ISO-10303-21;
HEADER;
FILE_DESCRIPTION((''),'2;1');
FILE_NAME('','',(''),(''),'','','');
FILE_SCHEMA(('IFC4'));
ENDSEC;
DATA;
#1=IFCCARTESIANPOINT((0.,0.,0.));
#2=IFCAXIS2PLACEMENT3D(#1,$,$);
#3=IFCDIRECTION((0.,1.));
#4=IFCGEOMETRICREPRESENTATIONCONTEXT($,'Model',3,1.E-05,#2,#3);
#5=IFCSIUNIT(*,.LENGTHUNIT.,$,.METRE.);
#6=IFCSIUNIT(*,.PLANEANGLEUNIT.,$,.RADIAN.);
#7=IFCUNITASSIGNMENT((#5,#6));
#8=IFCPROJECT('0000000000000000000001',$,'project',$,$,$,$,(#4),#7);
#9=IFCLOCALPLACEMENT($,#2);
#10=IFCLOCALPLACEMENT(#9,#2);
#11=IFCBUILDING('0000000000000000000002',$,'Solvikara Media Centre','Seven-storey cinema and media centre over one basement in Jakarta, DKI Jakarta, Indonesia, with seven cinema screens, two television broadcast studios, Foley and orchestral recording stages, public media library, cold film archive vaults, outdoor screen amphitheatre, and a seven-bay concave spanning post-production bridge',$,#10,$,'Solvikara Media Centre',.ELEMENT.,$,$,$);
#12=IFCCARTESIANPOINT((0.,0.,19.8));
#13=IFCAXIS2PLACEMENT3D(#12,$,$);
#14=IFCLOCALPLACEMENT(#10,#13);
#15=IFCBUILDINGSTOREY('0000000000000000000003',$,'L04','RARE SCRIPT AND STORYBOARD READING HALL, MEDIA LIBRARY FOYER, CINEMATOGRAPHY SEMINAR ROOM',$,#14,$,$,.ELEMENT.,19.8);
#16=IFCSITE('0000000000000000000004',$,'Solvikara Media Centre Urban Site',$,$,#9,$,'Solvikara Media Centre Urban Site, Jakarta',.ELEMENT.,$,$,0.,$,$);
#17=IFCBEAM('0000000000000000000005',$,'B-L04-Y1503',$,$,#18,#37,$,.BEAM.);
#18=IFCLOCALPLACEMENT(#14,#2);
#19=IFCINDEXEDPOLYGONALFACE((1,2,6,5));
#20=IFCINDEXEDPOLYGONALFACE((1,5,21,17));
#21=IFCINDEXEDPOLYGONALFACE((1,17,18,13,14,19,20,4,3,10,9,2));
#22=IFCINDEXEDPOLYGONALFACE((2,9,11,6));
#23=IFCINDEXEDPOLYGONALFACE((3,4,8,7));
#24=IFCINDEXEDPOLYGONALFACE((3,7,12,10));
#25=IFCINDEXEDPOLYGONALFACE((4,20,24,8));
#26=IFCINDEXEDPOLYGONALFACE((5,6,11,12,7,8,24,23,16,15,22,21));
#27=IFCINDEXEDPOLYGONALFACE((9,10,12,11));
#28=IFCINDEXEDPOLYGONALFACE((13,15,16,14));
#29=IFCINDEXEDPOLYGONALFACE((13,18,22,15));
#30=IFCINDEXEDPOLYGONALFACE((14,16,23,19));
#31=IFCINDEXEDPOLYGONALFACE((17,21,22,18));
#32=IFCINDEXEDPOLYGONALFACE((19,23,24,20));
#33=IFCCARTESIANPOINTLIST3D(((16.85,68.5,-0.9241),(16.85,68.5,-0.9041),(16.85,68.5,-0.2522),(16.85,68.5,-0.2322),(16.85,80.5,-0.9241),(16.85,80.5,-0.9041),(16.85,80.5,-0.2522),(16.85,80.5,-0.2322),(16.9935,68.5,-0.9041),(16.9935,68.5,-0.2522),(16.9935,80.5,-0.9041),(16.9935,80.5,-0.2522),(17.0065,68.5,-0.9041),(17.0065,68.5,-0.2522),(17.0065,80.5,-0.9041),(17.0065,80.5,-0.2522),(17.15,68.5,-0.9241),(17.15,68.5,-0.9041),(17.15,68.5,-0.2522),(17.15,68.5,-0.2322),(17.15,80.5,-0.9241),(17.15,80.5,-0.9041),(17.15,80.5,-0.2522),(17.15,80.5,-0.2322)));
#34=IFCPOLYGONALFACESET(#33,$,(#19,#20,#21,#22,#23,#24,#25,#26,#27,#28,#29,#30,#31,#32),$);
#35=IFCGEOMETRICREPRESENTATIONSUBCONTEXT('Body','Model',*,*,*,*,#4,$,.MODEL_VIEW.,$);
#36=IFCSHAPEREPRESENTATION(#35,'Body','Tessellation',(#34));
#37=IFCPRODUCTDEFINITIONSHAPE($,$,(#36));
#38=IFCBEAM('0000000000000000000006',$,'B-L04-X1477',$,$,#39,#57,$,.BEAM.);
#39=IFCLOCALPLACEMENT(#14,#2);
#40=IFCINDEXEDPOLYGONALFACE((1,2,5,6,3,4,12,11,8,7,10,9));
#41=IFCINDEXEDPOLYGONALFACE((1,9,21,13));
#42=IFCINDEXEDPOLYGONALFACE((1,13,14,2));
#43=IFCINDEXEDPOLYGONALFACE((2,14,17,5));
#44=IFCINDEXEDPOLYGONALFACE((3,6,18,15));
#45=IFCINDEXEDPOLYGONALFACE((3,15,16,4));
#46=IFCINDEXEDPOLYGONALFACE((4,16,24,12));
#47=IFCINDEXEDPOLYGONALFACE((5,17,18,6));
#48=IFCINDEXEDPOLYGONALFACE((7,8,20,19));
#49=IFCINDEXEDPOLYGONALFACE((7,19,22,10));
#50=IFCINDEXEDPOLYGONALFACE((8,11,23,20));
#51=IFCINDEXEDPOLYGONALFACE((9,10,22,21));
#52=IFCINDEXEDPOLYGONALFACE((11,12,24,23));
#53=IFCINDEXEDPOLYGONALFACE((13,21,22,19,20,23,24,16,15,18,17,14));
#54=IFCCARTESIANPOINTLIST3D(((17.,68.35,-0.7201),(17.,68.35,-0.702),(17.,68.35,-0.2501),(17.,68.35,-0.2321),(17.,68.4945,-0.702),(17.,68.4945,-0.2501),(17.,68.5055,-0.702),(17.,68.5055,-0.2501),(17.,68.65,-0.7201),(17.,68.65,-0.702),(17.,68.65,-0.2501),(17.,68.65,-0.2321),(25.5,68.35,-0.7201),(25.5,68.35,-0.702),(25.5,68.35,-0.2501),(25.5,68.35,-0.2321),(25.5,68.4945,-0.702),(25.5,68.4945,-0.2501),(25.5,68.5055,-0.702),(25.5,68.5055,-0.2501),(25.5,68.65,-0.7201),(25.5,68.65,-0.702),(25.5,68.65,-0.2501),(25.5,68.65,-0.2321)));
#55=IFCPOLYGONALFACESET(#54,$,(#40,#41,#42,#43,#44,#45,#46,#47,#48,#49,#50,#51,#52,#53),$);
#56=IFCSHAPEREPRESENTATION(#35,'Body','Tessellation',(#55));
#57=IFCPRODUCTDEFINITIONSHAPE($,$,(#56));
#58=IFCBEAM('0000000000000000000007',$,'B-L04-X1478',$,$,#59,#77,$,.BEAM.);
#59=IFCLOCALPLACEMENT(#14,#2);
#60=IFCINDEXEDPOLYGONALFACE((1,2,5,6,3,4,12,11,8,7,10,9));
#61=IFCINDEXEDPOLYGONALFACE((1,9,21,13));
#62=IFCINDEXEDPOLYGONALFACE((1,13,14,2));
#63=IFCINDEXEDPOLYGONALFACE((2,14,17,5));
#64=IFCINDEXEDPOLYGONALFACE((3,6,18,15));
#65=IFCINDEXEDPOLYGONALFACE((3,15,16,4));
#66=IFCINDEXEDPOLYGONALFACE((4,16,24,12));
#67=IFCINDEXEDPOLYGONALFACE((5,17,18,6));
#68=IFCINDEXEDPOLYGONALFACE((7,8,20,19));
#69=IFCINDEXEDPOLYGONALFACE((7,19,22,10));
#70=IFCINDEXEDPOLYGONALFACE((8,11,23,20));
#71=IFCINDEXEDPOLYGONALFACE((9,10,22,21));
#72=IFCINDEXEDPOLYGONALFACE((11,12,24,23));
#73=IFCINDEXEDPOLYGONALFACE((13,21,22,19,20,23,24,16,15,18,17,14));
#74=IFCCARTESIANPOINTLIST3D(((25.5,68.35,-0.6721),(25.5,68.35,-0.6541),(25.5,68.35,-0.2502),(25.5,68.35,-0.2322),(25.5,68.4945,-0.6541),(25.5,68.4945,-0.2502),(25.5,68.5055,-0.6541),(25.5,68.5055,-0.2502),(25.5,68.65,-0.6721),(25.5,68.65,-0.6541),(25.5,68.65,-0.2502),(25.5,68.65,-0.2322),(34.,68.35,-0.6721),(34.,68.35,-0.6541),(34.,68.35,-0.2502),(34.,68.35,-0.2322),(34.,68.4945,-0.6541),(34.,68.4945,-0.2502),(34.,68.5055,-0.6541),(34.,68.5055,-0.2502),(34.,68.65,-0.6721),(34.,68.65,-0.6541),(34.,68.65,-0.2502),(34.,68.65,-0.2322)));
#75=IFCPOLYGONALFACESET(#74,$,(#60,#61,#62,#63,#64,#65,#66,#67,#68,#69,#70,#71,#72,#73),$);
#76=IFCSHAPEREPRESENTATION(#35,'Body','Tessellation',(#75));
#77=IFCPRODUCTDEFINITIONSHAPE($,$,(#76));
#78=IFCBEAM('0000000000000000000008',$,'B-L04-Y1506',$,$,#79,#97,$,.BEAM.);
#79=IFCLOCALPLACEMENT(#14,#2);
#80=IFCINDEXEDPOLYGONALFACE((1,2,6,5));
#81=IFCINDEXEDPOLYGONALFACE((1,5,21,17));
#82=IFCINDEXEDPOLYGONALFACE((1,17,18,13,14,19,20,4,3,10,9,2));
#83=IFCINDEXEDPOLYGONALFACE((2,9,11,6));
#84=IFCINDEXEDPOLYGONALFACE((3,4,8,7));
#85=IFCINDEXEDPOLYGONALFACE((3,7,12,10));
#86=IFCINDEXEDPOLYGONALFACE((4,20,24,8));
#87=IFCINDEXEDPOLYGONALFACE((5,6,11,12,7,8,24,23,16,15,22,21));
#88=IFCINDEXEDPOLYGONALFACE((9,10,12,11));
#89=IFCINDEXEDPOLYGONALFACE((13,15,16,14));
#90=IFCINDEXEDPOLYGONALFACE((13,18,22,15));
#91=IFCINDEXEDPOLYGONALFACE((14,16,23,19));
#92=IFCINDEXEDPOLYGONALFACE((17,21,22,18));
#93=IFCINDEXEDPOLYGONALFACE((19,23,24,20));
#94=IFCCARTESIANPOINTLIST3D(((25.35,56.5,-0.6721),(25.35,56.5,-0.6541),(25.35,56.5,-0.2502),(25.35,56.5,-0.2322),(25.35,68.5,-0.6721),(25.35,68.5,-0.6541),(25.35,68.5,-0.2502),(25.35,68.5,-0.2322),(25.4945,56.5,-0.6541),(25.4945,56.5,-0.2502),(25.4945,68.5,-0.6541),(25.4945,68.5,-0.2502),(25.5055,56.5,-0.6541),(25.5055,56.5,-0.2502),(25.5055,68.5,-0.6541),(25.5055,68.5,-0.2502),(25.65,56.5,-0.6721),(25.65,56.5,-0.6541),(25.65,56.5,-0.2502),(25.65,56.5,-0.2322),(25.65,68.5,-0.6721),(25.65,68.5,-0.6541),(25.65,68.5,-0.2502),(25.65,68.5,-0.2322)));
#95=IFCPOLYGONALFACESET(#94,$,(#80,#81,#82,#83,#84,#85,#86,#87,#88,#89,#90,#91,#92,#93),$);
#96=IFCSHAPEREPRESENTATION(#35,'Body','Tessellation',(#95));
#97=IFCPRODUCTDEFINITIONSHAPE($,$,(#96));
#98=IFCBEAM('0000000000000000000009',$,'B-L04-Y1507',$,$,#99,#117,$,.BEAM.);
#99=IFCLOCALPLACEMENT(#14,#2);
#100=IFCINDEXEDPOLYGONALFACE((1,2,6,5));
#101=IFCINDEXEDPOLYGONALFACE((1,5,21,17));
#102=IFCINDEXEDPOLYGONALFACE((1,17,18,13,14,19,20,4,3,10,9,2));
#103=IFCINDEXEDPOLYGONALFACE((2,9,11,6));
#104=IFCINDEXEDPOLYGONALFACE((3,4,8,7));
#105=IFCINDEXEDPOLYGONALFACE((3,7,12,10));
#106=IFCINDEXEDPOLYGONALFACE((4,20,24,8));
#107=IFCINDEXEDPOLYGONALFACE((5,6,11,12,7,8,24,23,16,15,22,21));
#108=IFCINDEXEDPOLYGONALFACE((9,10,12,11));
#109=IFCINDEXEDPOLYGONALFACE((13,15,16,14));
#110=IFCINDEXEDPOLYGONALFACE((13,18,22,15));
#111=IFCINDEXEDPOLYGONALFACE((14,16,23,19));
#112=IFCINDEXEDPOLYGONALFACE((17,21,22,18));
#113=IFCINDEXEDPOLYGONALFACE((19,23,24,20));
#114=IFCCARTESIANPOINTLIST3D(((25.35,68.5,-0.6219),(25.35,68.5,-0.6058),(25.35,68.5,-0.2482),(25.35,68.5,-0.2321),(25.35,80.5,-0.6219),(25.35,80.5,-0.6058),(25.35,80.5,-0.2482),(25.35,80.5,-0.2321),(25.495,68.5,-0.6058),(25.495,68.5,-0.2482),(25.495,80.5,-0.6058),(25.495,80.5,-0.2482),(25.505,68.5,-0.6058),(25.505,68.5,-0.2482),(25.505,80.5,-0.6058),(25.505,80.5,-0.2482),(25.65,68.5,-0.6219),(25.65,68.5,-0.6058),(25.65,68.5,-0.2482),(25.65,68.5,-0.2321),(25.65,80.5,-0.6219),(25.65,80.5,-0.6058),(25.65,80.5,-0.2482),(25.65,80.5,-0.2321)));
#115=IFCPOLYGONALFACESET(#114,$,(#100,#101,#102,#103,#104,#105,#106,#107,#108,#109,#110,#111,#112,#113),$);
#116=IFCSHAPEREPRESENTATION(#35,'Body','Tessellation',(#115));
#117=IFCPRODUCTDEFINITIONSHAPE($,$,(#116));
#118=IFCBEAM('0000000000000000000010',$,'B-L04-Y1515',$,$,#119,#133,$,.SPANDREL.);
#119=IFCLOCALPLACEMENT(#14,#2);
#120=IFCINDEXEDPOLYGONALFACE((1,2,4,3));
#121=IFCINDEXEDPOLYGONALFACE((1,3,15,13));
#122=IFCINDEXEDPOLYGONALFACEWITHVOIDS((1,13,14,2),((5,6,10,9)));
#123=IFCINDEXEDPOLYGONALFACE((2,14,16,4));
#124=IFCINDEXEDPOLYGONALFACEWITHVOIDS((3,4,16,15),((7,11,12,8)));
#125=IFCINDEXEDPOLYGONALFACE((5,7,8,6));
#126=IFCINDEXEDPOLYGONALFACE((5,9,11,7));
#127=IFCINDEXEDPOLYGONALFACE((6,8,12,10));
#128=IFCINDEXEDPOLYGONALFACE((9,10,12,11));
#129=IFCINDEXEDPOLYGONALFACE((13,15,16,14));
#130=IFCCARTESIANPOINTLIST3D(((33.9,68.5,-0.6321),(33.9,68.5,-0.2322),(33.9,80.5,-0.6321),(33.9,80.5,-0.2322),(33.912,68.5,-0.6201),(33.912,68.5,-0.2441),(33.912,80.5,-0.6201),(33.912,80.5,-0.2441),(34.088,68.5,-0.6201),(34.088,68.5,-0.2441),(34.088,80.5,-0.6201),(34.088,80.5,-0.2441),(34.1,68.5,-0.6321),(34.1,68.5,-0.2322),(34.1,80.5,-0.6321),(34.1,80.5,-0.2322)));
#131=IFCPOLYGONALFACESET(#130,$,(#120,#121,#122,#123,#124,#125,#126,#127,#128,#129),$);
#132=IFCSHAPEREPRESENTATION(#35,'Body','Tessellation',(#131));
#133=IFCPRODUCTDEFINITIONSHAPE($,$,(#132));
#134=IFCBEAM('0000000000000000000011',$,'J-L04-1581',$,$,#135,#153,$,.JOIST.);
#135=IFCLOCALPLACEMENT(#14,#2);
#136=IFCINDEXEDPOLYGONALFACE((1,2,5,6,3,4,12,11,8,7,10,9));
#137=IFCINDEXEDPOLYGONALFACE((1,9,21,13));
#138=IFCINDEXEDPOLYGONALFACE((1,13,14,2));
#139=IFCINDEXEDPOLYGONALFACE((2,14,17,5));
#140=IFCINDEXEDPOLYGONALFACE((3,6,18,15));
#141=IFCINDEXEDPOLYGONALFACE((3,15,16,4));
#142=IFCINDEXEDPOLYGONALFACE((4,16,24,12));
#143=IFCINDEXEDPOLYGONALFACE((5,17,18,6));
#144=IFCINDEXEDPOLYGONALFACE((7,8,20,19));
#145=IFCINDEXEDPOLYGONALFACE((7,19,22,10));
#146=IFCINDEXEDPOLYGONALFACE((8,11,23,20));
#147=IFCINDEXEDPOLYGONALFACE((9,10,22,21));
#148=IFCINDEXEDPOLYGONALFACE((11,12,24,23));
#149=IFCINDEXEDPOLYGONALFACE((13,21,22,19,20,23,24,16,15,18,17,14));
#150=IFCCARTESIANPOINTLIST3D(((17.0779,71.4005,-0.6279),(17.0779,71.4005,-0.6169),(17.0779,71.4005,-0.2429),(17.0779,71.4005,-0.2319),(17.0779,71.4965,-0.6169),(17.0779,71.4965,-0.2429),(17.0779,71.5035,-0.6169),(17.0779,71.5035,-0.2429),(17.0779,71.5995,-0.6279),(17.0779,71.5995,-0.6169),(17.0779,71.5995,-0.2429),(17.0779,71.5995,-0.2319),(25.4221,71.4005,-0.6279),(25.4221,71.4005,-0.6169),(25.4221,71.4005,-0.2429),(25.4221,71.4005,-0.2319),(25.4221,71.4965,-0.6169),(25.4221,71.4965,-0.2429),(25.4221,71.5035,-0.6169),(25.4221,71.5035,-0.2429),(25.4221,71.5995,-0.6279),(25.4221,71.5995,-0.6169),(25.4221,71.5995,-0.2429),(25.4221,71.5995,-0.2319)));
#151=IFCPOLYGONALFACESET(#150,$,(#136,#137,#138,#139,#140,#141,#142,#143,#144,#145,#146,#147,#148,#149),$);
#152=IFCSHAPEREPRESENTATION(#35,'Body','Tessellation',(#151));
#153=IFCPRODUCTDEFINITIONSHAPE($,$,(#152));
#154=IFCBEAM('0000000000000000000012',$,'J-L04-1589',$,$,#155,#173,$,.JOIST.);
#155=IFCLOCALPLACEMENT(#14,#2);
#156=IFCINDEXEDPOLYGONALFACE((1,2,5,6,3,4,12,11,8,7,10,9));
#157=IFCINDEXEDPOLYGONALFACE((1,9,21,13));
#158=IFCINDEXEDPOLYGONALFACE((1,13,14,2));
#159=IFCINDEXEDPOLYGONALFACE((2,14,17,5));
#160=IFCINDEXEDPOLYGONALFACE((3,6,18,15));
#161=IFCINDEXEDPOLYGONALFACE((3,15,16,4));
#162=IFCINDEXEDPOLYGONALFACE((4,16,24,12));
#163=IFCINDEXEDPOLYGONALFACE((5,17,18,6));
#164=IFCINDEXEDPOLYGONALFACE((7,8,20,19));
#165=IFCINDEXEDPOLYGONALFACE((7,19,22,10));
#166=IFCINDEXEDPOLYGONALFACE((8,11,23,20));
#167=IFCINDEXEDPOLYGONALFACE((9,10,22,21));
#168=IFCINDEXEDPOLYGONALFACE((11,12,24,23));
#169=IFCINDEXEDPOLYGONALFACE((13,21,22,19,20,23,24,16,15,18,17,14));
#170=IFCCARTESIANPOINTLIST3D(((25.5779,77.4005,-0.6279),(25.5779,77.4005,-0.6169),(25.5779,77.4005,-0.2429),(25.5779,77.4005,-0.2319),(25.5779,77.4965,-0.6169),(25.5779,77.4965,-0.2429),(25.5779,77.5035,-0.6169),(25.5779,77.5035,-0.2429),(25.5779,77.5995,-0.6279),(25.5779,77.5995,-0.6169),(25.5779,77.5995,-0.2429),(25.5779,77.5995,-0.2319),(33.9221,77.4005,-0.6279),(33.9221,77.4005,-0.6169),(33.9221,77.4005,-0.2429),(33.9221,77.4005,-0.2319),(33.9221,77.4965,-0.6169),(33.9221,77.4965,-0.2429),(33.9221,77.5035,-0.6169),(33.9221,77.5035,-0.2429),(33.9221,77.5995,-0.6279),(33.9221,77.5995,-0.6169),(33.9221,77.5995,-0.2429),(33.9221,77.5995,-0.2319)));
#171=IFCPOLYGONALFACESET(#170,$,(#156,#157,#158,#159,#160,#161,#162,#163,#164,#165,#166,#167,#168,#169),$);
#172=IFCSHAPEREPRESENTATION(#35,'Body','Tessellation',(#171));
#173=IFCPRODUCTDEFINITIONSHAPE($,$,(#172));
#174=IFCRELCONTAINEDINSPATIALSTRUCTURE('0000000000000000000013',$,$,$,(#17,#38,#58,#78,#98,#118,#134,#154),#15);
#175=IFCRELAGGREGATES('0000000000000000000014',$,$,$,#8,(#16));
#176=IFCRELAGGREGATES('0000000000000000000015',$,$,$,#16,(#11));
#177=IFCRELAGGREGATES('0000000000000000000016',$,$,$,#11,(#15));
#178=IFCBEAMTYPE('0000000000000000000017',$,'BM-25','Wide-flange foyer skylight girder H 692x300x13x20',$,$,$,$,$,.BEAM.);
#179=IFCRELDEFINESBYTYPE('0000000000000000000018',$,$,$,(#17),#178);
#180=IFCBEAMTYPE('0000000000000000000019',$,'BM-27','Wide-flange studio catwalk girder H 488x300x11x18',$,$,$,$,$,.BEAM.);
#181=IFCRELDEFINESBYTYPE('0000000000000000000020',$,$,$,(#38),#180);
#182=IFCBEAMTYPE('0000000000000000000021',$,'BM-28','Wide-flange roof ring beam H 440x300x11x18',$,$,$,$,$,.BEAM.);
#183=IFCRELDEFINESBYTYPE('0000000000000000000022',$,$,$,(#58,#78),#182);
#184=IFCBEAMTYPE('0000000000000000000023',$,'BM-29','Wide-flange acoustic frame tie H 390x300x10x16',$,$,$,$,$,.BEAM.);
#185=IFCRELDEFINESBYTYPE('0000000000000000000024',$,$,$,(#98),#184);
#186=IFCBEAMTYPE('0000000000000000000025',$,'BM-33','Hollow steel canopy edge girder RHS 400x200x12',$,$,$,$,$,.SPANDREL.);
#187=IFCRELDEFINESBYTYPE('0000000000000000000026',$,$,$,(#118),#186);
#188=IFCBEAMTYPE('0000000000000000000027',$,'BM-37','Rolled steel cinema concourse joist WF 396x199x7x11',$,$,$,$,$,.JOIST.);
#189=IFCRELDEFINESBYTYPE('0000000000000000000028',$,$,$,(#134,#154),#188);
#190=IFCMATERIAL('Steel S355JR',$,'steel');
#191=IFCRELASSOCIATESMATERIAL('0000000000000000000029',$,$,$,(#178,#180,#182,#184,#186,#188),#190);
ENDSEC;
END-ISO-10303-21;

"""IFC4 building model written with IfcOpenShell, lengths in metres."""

from ifc_helpers import new_model, si_unit, direction, frame, origin, origin_2d, place, context, subcontext, project, spatial, hollow_rectangle, i_section, extrude, material, material_profile, profile_set, type_object, element, save


model = new_model("IFC4")

# Units and contexts
model_context = context("Model", 3, precision=1e-05, world=origin(), true_north=direction((0.0, 1.0)))
body_context = subcontext(model_context, "Body", "Model", "MODEL_VIEW")
ifc_project = project(units=[si_unit("LENGTHUNIT", "METRE"), si_unit("PLANEANGLEUNIT", "RADIAN")], contexts=[model_context])

# Site, building, storey
site_placement = place(None, origin())
site = spatial("IfcSite", under=ifc_project, at=site_placement, Name="Solvikara Media Centre Urban Site", LongName="Solvikara Media Centre Urban Site, Jakarta", CompositionType="ELEMENT", RefElevation=0.0)
building_placement = place(site_placement, origin())
building = spatial("IfcBuilding", under=site, at=building_placement, Name="Solvikara Media Centre", Description="Seven-storey cinema and media centre over one basement in Jakarta, DKI Jakarta, Indonesia, with seven cinema screens, two television broadcast studios, Foley and orchestral recording stages, public media library, cold film archive vaults, outdoor screen amphitheatre, and a seven-bay concave spanning post-production bridge", LongName="Solvikara Media Centre", CompositionType="ELEMENT")
storey_placement = place(building_placement, frame((0.0, 0.0, 19.8)))
storey = spatial("IfcBuildingStorey", under=building, at=storey_placement, Name="L04", Description="RARE SCRIPT AND STORYBOARD READING HALL, MEDIA LIBRARY FOYER, CINEMATOGRAPHY SEMINAR ROOM", CompositionType="ELEMENT", Elevation=19.8)

# Beams
ifc_material_1 = material(Name="Steel S355JR", Category="steel")
ifc_material_profile_1 = material_profile(ifc_material_1, i_section(OverallWidth=0.3, OverallDepth=0.6919, WebThickness=0.0129, FlangeThickness=0.02, at=origin_2d()), Name="H 692x300x13x20")
ifc_profile_set_1 = profile_set([ifc_material_profile_1], Name="Steel S355JR")
beam_type_1 = type_object("IfcBeamType", Name="BM-25", Description="Wide-flange foyer skylight girder H 692x300x13x20", PredefinedType="BEAM", material=ifc_profile_set_1)
beam_1_placement = place(storey_placement, frame((17.0, 68.5, -0.5781), z_axis=(0.0, 1.0, 0.0), x_axis=(-1.0, 0.0, 0.0)))
element("IfcBeam", 1, at=beam_1_placement, inside=storey, type_object=beam_type_1, Name="B-L04-Y1503", PredefinedType="BEAM", context=body_context, shape_type="SweptSolid", body=[
    extrude(i_section(OverallWidth=0.3, OverallDepth=0.6919, WebThickness=0.0129, FlangeThickness=0.02, at=origin_2d()), origin(), (0.0, 0.0, 1.0), 12.0),
])
ifc_material_profile_2 = material_profile(ifc_material_1, i_section(OverallWidth=0.3, OverallDepth=0.488, WebThickness=0.011, FlangeThickness=0.0181, at=origin_2d()), Name="H 488x300x11x18")
ifc_profile_set_2 = profile_set([ifc_material_profile_2], Name="Steel S355JR")
beam_type_2 = type_object("IfcBeamType", Name="BM-27", Description="Wide-flange studio catwalk girder H 488x300x11x18", PredefinedType="BEAM", material=ifc_profile_set_2)
beam_2_placement = place(storey_placement, frame((17.0, 68.5, -0.4761), z_axis=(1.0, 0.0, 0.0), x_axis=(0.0, 1.0, 0.0)))
element("IfcBeam", 2, at=beam_2_placement, inside=storey, type_object=beam_type_2, Name="B-L04-X1477", PredefinedType="BEAM", context=body_context, shape_type="SweptSolid", body=[
    extrude(i_section(OverallWidth=0.3, OverallDepth=0.488, WebThickness=0.011, FlangeThickness=0.0181, at=origin_2d()), origin(), (0.0, 0.0, 1.0), 8.5),
])
ifc_material_profile_3 = material_profile(ifc_material_1, i_section(OverallWidth=0.3, OverallDepth=0.4399, WebThickness=0.011, FlangeThickness=0.0181, at=origin_2d()), Name="H 440x300x11x18")
ifc_profile_set_3 = profile_set([ifc_material_profile_3], Name="Steel S355JR")
beam_type_3 = type_object("IfcBeamType", Name="BM-28", Description="Wide-flange roof ring beam H 440x300x11x18", PredefinedType="BEAM", material=ifc_profile_set_3)
beam_3_placement = place(storey_placement, frame((25.5, 68.5, -0.4521), z_axis=(1.0, 0.0, 0.0), x_axis=(0.0, 1.0, 0.0)))
element("IfcBeam", 3, at=beam_3_placement, inside=storey, type_object=beam_type_3, Name="B-L04-X1478", PredefinedType="BEAM", context=body_context, shape_type="SweptSolid", body=[
    extrude(i_section(OverallWidth=0.3, OverallDepth=0.4399, WebThickness=0.011, FlangeThickness=0.0181, at=origin_2d()), origin(), (0.0, 0.0, 1.0), 8.5),
])
beam_4_placement = place(storey_placement, frame((25.5, 56.5, -0.4521), z_axis=(0.0, 1.0, 0.0), x_axis=(-1.0, 0.0, 0.0)))
element("IfcBeam", 4, at=beam_4_placement, inside=storey, type_object=beam_type_3, Name="B-L04-Y1506", PredefinedType="BEAM", context=body_context, shape_type="SweptSolid", body=[
    extrude(i_section(OverallWidth=0.3, OverallDepth=0.4399, WebThickness=0.011, FlangeThickness=0.0181, at=origin_2d()), origin(), (0.0, 0.0, 1.0), 12.0),
])
ifc_material_profile_4 = material_profile(ifc_material_1, i_section(OverallWidth=0.3, OverallDepth=0.3899, WebThickness=0.01, FlangeThickness=0.0161, at=origin_2d()), Name="H 390x300x10x16")
ifc_profile_set_4 = profile_set([ifc_material_profile_4], Name="Steel S355JR")
beam_type_4 = type_object("IfcBeamType", Name="BM-29", Description="Wide-flange acoustic frame tie H 390x300x10x16", PredefinedType="BEAM", material=ifc_profile_set_4)
beam_5_placement = place(storey_placement, frame((25.5, 68.5, -0.427), z_axis=(0.0, 1.0, 0.0), x_axis=(-1.0, 0.0, 0.0)))
element("IfcBeam", 5, at=beam_5_placement, inside=storey, type_object=beam_type_4, Name="B-L04-Y1507", PredefinedType="BEAM", context=body_context, shape_type="SweptSolid", body=[
    extrude(i_section(OverallWidth=0.3, OverallDepth=0.3899, WebThickness=0.01, FlangeThickness=0.0161, at=origin_2d()), origin(), (0.0, 0.0, 1.0), 12.0),
])
ifc_material_profile_5 = material_profile(ifc_material_1, hollow_rectangle(XDim=0.2, YDim=0.3999, WallThickness=0.012, at=origin_2d()), Name="RHS 400x200x12")
ifc_profile_set_5 = profile_set([ifc_material_profile_5], Name="Steel S355JR")
beam_type_5 = type_object("IfcBeamType", Name="BM-33", Description="Hollow steel canopy edge girder RHS 400x200x12", PredefinedType="SPANDREL", material=ifc_profile_set_5)
beam_6_placement = place(storey_placement, frame((34.0, 68.5, -0.4321), z_axis=(0.0, 1.0, 0.0), x_axis=(-1.0, 0.0, 0.0)))
element("IfcBeam", 6, at=beam_6_placement, inside=storey, type_object=beam_type_5, Name="B-L04-Y1515", PredefinedType="SPANDREL", context=body_context, shape_type="SweptSolid", body=[
    extrude(hollow_rectangle(XDim=0.2, YDim=0.3999, WallThickness=0.012, at=origin_2d()), origin(), (0.0, 0.0, 1.0), 12.0),
])
ifc_material_profile_6 = material_profile(ifc_material_1, i_section(OverallWidth=0.199, OverallDepth=0.396, WebThickness=0.0071, FlangeThickness=0.011, at=origin_2d()), Name="WF 396x199x7x11")
ifc_profile_set_6 = profile_set([ifc_material_profile_6], Name="Steel S355JR")
beam_type_6 = type_object("IfcBeamType", Name="BM-37", Description="Rolled steel cinema concourse joist WF 396x199x7x11", PredefinedType="JOIST", material=ifc_profile_set_6)
for number, where, z_axis, x_axis, name in (
    (7, (17.0779, 71.5, -0.4299), (1.0, 0.0, 0.0), (0.0, 1.0, 0.0), "J-L04-1581"),
    (8, (25.5779, 77.5, -0.4299), (1.0, 0.0, 0.0), (0.0, 1.0, 0.0), "J-L04-1589"),
):
    element("IfcBeam", number, at=place(storey_placement, frame(where, z_axis=z_axis, x_axis=x_axis)), inside=storey, type_object=beam_type_6, Name=name, PredefinedType="JOIST", context=body_context, shape_type="SweptSolid", body=[
        extrude(i_section(OverallWidth=0.199, OverallDepth=0.396, WebThickness=0.0071, FlangeThickness=0.011, at=origin_2d()), origin(), (0.0, 0.0, 1.0), 8.3442),
    ])

save(model, "model.ifc")
